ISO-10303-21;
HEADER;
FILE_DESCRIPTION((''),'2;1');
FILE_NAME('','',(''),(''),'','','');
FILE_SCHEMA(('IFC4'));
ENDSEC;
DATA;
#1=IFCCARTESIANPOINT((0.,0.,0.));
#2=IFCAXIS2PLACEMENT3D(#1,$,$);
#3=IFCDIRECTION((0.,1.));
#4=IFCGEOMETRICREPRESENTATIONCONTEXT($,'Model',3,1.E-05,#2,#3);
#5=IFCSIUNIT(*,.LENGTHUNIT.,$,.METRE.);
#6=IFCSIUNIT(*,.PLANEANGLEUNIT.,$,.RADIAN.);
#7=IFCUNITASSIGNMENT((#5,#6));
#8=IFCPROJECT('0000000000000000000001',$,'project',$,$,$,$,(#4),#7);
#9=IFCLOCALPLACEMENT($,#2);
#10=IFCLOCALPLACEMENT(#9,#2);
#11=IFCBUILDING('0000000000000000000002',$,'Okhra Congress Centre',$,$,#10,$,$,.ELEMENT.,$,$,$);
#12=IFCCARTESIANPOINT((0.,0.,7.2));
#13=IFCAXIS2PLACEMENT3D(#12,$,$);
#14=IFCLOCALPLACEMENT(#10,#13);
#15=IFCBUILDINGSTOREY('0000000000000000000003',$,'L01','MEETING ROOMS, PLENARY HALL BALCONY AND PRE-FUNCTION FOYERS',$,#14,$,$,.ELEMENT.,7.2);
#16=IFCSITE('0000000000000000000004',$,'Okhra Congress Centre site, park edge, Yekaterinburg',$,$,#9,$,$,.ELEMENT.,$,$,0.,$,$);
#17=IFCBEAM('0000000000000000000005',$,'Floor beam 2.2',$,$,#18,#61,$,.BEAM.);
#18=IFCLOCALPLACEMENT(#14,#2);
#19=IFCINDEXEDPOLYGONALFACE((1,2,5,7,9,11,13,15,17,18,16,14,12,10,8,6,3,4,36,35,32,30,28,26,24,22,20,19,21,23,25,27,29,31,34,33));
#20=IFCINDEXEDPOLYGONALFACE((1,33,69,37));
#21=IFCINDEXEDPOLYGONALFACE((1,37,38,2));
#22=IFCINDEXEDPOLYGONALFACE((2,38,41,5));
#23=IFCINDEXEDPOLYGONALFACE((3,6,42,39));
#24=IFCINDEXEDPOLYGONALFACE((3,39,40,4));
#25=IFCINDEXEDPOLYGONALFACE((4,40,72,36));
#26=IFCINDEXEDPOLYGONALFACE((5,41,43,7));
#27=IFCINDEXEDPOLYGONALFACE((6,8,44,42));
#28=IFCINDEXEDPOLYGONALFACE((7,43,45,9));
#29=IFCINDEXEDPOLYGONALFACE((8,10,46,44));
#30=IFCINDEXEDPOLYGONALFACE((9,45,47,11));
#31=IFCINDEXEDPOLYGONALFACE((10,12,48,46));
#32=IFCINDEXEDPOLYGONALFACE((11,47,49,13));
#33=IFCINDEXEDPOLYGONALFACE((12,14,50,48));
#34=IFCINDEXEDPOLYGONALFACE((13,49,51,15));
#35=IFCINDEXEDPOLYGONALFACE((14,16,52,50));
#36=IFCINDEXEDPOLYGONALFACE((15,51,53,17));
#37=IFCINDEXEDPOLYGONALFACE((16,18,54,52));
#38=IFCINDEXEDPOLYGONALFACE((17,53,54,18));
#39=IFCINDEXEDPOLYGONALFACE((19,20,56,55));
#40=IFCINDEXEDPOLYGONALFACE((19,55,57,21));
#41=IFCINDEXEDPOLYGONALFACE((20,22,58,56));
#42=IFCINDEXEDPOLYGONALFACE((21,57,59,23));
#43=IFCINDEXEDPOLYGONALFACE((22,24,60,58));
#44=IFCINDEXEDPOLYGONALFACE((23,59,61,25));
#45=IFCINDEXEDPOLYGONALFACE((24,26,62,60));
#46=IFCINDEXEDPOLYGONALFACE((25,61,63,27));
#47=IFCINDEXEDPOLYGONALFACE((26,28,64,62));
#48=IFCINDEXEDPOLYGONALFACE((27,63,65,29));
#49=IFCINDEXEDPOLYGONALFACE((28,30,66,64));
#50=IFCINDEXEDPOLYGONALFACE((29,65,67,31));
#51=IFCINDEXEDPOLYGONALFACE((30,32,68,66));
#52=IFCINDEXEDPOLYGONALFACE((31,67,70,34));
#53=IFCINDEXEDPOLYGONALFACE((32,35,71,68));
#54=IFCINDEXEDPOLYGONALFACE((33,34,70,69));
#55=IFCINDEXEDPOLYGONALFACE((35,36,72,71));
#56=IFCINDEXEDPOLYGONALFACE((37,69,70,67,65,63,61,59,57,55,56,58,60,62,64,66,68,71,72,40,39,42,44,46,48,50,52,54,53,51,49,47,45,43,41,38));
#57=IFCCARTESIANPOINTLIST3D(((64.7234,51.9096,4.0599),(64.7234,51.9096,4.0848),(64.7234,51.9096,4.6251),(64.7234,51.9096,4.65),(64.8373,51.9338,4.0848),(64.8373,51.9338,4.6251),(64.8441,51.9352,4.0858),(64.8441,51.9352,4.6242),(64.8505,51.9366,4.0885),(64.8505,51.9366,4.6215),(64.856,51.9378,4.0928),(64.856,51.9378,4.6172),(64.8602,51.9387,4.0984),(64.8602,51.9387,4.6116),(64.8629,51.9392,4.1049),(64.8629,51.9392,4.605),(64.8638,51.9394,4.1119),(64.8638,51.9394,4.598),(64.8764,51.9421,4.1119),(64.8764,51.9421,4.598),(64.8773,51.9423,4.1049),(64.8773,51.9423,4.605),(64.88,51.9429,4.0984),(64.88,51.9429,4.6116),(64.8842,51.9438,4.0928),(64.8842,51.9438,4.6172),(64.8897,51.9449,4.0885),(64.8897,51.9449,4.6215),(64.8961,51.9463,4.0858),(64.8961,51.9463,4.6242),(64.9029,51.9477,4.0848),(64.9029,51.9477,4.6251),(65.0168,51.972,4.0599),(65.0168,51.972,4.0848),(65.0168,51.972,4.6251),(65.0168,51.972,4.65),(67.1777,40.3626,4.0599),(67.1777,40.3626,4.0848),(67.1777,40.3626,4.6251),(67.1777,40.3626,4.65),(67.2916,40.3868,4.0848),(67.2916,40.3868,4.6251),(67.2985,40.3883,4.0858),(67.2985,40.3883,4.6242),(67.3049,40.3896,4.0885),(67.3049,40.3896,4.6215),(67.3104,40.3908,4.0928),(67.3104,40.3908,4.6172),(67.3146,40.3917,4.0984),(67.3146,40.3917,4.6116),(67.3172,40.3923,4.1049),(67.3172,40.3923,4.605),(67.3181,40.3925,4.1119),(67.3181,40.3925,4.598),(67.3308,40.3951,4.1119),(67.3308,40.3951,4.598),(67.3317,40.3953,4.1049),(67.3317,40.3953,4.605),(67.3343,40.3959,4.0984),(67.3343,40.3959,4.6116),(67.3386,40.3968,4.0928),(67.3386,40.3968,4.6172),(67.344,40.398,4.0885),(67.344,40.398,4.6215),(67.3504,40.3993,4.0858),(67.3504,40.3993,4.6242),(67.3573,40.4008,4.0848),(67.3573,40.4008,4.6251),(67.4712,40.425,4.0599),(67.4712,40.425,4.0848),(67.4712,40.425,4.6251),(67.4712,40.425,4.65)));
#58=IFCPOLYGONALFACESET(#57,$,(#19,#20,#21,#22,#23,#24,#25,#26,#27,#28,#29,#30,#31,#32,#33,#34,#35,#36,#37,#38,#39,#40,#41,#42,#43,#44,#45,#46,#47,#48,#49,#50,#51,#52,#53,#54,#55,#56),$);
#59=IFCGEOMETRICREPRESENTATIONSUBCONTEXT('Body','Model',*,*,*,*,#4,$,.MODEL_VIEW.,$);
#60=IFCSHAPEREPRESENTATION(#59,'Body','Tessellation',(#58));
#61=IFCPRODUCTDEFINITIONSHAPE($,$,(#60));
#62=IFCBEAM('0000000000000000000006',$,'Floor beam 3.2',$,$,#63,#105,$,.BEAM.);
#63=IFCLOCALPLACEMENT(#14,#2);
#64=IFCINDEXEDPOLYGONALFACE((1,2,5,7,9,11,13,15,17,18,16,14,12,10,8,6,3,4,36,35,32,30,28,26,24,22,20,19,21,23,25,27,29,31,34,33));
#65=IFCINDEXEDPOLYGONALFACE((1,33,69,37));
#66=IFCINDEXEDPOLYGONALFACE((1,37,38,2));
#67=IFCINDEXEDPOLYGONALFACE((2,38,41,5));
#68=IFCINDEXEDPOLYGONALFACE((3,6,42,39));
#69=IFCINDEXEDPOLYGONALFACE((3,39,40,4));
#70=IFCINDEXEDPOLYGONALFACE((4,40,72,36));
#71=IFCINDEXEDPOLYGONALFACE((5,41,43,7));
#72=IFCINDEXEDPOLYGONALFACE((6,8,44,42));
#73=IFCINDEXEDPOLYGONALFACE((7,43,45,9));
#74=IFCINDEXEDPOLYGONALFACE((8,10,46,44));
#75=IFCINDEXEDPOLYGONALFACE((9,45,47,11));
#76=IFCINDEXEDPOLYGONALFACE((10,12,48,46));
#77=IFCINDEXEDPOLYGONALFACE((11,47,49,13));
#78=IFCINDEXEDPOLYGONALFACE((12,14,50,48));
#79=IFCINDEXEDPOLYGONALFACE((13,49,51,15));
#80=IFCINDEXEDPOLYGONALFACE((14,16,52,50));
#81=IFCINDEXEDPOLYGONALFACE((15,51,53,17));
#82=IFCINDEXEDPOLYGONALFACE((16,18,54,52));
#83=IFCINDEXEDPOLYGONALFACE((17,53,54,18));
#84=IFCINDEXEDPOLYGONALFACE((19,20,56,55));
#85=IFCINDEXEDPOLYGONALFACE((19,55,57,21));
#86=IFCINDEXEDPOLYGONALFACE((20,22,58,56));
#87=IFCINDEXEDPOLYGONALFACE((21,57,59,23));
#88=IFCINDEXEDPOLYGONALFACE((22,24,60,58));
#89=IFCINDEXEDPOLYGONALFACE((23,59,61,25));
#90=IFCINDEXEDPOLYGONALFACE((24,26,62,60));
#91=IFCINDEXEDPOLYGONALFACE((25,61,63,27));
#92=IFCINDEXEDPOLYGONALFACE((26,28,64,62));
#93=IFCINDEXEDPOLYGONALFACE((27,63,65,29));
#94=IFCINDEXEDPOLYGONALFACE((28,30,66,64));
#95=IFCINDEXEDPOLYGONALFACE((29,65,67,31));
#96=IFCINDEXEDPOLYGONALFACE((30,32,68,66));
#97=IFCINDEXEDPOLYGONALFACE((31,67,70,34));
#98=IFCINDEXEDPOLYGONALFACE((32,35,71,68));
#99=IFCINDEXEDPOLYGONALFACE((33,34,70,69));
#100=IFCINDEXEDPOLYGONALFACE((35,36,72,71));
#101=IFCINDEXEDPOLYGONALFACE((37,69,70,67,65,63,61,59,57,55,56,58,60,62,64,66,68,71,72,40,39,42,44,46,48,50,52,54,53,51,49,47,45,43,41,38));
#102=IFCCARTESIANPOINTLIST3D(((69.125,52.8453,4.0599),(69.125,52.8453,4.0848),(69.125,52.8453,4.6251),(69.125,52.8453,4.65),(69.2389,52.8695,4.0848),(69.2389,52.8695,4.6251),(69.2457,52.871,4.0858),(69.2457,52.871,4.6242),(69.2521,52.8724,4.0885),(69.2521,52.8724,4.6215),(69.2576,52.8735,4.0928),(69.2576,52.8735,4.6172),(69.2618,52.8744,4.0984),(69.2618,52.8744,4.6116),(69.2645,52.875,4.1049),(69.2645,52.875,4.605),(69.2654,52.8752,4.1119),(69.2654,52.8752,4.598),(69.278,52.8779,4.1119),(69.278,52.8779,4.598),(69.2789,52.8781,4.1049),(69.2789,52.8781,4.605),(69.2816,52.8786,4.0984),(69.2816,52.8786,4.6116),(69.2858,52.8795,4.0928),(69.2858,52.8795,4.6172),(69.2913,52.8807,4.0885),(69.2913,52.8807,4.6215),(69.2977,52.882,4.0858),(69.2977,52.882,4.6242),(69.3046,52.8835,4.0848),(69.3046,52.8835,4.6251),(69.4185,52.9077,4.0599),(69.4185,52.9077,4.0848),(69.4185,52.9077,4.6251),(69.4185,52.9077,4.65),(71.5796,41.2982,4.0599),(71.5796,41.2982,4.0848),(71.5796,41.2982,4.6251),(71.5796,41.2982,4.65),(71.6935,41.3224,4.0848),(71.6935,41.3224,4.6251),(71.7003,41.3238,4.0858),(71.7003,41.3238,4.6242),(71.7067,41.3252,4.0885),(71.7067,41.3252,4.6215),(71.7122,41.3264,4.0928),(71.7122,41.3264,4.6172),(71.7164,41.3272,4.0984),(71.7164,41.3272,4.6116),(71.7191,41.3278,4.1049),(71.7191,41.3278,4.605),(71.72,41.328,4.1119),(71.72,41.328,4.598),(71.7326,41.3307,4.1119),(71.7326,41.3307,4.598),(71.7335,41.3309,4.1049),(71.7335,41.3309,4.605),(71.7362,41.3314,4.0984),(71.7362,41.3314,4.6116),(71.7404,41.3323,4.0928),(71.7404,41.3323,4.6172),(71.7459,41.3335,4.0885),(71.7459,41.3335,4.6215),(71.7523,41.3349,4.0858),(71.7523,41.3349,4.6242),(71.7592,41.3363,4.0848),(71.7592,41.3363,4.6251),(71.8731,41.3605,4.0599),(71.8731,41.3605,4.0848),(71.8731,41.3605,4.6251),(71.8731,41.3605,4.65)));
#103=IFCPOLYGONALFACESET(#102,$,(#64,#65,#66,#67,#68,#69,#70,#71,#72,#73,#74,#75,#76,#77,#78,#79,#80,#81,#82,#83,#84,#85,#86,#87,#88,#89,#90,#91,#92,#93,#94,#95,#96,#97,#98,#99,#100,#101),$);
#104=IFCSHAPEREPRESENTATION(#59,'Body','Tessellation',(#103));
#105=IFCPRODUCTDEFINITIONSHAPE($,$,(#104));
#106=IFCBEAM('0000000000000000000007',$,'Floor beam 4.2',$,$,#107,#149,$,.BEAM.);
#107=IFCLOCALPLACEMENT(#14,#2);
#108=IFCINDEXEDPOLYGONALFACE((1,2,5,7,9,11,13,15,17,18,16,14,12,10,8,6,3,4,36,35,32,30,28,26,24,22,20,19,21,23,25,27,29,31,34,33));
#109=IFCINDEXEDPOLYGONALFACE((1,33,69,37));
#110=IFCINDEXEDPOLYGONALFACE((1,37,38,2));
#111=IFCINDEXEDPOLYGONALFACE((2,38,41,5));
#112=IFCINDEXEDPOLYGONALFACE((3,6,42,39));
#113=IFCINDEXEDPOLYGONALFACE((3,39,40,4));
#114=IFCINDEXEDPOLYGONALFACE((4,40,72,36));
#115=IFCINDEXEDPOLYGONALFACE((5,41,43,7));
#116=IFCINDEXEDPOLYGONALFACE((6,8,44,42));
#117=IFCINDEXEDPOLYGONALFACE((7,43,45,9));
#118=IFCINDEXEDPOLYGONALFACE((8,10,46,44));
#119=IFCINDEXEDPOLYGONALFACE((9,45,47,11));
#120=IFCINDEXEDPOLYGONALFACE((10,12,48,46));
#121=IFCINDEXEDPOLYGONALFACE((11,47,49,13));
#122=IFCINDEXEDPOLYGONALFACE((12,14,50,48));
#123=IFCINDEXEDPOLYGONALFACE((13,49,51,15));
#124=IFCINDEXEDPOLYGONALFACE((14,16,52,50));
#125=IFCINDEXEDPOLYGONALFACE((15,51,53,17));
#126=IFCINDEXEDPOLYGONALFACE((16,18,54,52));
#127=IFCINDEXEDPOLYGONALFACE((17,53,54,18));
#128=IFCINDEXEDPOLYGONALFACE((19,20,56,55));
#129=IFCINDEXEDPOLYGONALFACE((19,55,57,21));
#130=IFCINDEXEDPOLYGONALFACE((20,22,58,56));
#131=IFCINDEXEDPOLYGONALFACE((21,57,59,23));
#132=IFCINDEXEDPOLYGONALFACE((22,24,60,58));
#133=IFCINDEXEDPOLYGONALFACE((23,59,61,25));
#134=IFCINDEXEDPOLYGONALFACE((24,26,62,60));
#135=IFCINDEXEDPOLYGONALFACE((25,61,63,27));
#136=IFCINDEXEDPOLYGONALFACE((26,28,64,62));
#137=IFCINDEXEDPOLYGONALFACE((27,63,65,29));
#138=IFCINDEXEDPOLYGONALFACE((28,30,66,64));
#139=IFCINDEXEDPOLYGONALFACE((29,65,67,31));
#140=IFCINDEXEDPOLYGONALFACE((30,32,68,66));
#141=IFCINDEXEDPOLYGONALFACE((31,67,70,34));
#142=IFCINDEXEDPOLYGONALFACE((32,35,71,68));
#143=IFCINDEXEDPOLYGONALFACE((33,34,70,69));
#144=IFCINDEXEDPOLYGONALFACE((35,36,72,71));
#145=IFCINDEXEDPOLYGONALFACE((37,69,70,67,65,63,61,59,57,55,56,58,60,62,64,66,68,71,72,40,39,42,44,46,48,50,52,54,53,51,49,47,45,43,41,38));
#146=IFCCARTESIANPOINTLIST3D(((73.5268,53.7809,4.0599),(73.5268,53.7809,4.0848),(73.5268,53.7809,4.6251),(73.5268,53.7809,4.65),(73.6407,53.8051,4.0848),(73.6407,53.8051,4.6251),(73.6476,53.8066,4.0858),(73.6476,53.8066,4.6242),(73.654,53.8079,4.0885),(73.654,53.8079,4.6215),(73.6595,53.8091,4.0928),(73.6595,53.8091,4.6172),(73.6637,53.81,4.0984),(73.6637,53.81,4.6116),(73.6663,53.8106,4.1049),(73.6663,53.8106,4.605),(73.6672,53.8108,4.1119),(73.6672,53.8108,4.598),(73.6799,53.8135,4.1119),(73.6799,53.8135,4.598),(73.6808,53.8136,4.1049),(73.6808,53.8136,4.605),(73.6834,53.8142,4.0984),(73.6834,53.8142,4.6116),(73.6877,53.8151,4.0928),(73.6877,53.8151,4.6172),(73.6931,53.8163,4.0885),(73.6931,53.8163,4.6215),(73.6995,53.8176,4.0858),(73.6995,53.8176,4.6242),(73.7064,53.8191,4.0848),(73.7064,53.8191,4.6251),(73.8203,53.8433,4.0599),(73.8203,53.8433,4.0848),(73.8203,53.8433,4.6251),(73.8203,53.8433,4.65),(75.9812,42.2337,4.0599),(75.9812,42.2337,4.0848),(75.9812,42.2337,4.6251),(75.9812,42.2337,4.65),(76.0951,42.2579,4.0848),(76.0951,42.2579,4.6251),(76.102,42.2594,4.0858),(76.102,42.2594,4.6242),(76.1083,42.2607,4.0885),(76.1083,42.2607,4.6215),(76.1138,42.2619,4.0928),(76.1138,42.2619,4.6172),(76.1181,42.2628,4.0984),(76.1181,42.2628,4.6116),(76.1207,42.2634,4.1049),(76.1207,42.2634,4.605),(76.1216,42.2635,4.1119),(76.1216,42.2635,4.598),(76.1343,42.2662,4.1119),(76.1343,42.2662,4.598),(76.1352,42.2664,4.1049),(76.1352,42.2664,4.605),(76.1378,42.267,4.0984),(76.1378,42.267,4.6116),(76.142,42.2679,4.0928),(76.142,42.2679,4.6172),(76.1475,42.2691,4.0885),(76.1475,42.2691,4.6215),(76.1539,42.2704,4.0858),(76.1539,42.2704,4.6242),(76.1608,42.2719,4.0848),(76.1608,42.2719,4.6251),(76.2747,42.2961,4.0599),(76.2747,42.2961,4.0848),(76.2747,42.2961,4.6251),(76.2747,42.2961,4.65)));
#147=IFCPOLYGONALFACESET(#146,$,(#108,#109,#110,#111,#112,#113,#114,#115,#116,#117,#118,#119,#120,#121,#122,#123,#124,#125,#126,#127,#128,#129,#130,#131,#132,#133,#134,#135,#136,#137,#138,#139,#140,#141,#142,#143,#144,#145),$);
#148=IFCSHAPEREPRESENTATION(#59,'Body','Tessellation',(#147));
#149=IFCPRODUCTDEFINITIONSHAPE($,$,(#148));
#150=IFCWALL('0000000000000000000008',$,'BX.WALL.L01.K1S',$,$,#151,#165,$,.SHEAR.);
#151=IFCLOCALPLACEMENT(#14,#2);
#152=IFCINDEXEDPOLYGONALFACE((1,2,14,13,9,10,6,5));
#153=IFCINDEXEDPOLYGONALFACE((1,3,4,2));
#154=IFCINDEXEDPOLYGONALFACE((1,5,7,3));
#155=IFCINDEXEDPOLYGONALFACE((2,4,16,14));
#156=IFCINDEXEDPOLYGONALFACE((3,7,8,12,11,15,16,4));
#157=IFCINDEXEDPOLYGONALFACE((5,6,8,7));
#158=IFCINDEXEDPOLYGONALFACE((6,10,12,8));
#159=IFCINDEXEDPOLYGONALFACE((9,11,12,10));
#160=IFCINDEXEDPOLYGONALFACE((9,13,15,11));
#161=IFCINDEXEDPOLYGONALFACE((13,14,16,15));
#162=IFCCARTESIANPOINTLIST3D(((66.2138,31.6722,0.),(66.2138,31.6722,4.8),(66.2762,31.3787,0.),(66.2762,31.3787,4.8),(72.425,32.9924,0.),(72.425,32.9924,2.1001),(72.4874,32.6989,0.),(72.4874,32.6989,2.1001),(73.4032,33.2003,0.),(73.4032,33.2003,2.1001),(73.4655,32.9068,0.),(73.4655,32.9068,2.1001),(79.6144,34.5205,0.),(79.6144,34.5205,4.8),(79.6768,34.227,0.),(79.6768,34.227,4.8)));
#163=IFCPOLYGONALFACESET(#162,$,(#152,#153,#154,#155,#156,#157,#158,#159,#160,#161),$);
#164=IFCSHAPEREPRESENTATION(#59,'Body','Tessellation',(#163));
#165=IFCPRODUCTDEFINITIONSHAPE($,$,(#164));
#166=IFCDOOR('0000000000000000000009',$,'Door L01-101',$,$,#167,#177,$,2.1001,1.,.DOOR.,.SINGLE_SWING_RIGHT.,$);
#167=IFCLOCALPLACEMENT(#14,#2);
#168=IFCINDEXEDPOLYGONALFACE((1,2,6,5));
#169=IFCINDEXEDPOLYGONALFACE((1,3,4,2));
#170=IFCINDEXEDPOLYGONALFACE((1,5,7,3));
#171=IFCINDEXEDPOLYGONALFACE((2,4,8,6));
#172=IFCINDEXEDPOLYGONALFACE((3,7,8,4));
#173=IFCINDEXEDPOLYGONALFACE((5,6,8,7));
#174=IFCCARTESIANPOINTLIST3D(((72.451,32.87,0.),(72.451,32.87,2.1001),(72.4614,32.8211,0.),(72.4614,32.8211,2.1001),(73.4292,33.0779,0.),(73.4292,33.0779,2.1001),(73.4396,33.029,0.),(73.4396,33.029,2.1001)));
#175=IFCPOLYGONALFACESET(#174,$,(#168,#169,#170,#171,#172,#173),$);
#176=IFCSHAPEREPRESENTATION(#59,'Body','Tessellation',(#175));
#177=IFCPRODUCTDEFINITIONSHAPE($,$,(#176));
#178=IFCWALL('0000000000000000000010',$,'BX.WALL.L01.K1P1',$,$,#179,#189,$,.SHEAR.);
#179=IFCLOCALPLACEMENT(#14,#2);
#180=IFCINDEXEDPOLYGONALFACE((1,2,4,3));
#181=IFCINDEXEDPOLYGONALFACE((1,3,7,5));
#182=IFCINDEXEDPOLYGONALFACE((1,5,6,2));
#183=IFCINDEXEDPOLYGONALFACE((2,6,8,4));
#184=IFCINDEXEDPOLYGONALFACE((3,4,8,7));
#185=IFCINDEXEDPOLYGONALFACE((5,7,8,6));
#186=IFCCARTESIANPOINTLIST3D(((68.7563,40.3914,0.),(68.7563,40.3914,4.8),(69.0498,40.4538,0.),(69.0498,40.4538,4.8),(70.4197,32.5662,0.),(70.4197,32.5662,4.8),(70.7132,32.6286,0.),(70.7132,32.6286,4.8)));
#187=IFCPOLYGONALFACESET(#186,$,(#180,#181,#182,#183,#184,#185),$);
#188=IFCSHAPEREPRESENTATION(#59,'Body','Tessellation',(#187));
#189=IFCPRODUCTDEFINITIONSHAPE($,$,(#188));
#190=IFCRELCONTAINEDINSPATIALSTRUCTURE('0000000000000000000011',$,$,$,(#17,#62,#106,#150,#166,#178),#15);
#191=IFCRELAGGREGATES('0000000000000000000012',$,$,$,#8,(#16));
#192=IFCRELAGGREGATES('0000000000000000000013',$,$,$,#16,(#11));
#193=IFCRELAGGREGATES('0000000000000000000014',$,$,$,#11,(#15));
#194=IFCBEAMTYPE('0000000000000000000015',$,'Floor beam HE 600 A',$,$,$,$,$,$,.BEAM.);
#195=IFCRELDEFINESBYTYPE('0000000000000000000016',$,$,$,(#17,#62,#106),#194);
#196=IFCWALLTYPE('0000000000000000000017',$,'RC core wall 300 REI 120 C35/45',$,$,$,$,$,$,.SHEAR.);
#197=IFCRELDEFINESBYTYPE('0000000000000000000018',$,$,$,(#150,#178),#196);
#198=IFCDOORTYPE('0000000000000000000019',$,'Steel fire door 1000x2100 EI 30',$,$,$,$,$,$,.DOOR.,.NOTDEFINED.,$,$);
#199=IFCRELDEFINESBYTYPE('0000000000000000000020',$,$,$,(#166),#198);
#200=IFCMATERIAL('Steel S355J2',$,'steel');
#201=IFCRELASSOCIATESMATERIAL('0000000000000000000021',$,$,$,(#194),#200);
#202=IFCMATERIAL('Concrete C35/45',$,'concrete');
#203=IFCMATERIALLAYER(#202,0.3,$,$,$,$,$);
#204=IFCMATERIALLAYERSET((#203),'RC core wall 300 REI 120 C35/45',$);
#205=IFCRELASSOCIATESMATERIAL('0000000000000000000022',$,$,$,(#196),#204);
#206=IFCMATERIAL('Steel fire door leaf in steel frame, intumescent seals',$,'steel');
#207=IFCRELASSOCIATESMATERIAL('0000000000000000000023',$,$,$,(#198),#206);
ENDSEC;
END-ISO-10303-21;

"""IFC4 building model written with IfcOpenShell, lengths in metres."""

from ifc_helpers import new_model, si_unit, direction, frame, frame_2d, origin, origin_2d, place, context, subcontext, project, spatial, rectangle, i_section, extrude, material, layer, layer_set, material_profile, profile_set, type_object, element, fill, save


model = new_model("IFC4")

# Units and contexts
model_context = context("Model", 3, precision=1e-05, world=origin(), true_north=direction((0.0, 1.0)))
body_context = subcontext(model_context, "Body", "Model", "MODEL_VIEW")
ifc_project = project(units=[si_unit("LENGTHUNIT", "METRE"), si_unit("PLANEANGLEUNIT", "RADIAN")], contexts=[model_context])

# Site, building, storey
site_placement = place(None, origin())
site = spatial("IfcSite", under=ifc_project, at=site_placement, Name="Okhra Congress Centre site, park edge, Yekaterinburg", CompositionType="ELEMENT", RefElevation=0.0)
building_placement = place(site_placement, origin())
building = spatial("IfcBuilding", under=site, at=building_placement, Name="Okhra Congress Centre", CompositionType="ELEMENT")
storey_placement = place(building_placement, frame((0.0, 0.0, 7.2)))
storey = spatial("IfcBuildingStorey", under=building, at=storey_placement, Name="L01", Description="MEETING ROOMS, PLENARY HALL BALCONY AND PRE-FUNCTION FOYERS", CompositionType="ELEMENT", Elevation=7.2)

# Beams
ifc_material_1 = material(Name="Steel S355J2", Category="steel")
ifc_material_profile = material_profile(ifc_material_1, i_section(OverallWidth=0.3, OverallDepth=0.5901, WebThickness=0.0129, FlangeThickness=0.0249, FilletRadius=0.0271, at=origin_2d()), Name="HE 600 A")
ifc_profile_set = profile_set([ifc_material_profile], Name="Steel S355J2")
beam_type = type_object("IfcBeamType", Name="Floor beam HE 600 A", PredefinedType="BEAM", material=ifc_profile_set)
beam_placement = place(storey_placement, frame((67.3245, 40.3938, 4.355), z_axis=(-0.20791, 0.978148, 0.0), x_axis=(-0.978148, -0.20791, 0.0)))
element("IfcBeam", 1, at=beam_placement, inside=storey, type_object=beam_type, Name="Floor beam 2.2", PredefinedType="BEAM", context=body_context, shape_type="SweptSolid", body=[
    extrude(i_section(OverallWidth=0.3, OverallDepth=0.5901, WebThickness=0.0129, FlangeThickness=0.0249, FilletRadius=0.0271, at=origin_2d()), origin(), (0.0, 0.0, 1.0), 11.8049),
])
for number, where, z_axis, x_axis, name in (
    (2, (71.7263, 41.3293, 4.355), (-0.207926, 0.978145, 0.0), (-0.978145, -0.207926, 0.0), "Floor beam 3.2"),
    (3, (76.1279, 42.2649, 4.355), (-0.207906, 0.978149, 0.0), (-0.978149, -0.207906, 0.0), "Floor beam 4.2"),
):
    element("IfcBeam", number, at=place(storey_placement, frame(where, z_axis=z_axis, x_axis=x_axis)), inside=storey, type_object=beam_type, Name=name, PredefinedType="BEAM", context=body_context, shape_type="SweptSolid", body=[
        extrude(i_section(OverallWidth=0.3, OverallDepth=0.5901, WebThickness=0.0129, FlangeThickness=0.0249, FilletRadius=0.0271, at=origin_2d()), origin(), (0.0, 0.0, 1.0), 11.8052),
    ])

# Wall, opening, door
ifc_material_2 = material(Name="Concrete C35/45", Category="concrete")
ifc_layer_1 = layer(ifc_material_2, 0.3)
ifc_layer_set_1 = layer_set([ifc_layer_1], Name="RC core wall 300 REI 120 C35/45")
wall_type_1 = type_object("IfcWallType", Name="RC core wall 300 REI 120 C35/45", PredefinedType="SHEAR", material=ifc_layer_set_1)
wall_1_placement = place(storey_placement, frame((66.2449, 31.5254, 0.0), z_axis=(0.0, 0.0, 1.0), x_axis=(0.978148, 0.207911, 0.0)))
wall_1 = element("IfcWall", 4, at=wall_1_placement, inside=storey, type_object=wall_type_1, Name="BX.WALL.L01.K1S", PredefinedType="SHEAR", context=body_context, shape_type="SweptSolid", body=[
    extrude(rectangle(XDim=13.7, YDim=0.3, at=frame_2d((6.8501, 0.0))), origin(), (0.0, 0.0, 1.0), 4.8),
])
opening_1_placement = place(wall_1_placement, frame((6.3501, 0.0, 0.0)))
opening_1 = element("IfcOpeningElement", 5, at=opening_1_placement, cuts=wall_1, PredefinedType="OPENING", context=body_context, shape_type="SweptSolid", body=[
    extrude(rectangle(XDim=1.0, YDim=2.1001, at=frame_2d((0.5, 1.05))), frame((0.0, 0.1599, 0.0), z_axis=(0.0, -1.0, 0.0), x_axis=(1.0, 0.0, 0.0)), (0.0, 0.0, 1.0), 0.3201),
])
ifc_material_3 = material(Name="Steel fire door leaf in steel frame, intumescent seals", Category="steel")
door_type_1 = type_object("IfcDoorType", Name="Steel fire door 1000x2100 EI 30", OperationType="NOTDEFINED", PredefinedType="DOOR", material=ifc_material_3)
door_1_placement = place(opening_1_placement, origin())
door_1 = element("IfcDoor", 6, at=door_1_placement, inside=storey, type_object=door_type_1, Name="Door L01-101", OperationType="SINGLE_SWING_RIGHT", OverallHeight=2.1001, OverallWidth=1.0, PredefinedType="DOOR", context=body_context, shape_type="SweptSolid", body=[
    extrude(rectangle(XDim=1.0, YDim=2.1001, at=frame_2d((0.5, 1.05))), frame((0.0, 0.0249, 0.0), z_axis=(0.0, -1.0, 0.0), x_axis=(1.0, 0.0, 0.0)), (0.0, 0.0, 1.0), 0.05),
])
fill(opening_1, door_1)

# Wall
for number, where, z_axis, x_axis, name in (
    (7, (70.5664, 32.5974, 0.0), (0.0, 0.0, 1.0), (-0.207916, 0.978147, 0.0), "BX.WALL.L01.K1P1"),
):
    element("IfcWall", number, at=place(storey_placement, frame(where, z_axis=z_axis, x_axis=x_axis)), inside=storey, type_object=wall_type_1, Name=name, PredefinedType="SHEAR", context=body_context, shape_type="SweptSolid", body=[
        extrude(rectangle(XDim=8.0, YDim=0.3, at=frame_2d((4.0, 0.0))), origin(), (0.0, 0.0, 1.0), 4.8),
    ])

save(model, "model.ifc")
